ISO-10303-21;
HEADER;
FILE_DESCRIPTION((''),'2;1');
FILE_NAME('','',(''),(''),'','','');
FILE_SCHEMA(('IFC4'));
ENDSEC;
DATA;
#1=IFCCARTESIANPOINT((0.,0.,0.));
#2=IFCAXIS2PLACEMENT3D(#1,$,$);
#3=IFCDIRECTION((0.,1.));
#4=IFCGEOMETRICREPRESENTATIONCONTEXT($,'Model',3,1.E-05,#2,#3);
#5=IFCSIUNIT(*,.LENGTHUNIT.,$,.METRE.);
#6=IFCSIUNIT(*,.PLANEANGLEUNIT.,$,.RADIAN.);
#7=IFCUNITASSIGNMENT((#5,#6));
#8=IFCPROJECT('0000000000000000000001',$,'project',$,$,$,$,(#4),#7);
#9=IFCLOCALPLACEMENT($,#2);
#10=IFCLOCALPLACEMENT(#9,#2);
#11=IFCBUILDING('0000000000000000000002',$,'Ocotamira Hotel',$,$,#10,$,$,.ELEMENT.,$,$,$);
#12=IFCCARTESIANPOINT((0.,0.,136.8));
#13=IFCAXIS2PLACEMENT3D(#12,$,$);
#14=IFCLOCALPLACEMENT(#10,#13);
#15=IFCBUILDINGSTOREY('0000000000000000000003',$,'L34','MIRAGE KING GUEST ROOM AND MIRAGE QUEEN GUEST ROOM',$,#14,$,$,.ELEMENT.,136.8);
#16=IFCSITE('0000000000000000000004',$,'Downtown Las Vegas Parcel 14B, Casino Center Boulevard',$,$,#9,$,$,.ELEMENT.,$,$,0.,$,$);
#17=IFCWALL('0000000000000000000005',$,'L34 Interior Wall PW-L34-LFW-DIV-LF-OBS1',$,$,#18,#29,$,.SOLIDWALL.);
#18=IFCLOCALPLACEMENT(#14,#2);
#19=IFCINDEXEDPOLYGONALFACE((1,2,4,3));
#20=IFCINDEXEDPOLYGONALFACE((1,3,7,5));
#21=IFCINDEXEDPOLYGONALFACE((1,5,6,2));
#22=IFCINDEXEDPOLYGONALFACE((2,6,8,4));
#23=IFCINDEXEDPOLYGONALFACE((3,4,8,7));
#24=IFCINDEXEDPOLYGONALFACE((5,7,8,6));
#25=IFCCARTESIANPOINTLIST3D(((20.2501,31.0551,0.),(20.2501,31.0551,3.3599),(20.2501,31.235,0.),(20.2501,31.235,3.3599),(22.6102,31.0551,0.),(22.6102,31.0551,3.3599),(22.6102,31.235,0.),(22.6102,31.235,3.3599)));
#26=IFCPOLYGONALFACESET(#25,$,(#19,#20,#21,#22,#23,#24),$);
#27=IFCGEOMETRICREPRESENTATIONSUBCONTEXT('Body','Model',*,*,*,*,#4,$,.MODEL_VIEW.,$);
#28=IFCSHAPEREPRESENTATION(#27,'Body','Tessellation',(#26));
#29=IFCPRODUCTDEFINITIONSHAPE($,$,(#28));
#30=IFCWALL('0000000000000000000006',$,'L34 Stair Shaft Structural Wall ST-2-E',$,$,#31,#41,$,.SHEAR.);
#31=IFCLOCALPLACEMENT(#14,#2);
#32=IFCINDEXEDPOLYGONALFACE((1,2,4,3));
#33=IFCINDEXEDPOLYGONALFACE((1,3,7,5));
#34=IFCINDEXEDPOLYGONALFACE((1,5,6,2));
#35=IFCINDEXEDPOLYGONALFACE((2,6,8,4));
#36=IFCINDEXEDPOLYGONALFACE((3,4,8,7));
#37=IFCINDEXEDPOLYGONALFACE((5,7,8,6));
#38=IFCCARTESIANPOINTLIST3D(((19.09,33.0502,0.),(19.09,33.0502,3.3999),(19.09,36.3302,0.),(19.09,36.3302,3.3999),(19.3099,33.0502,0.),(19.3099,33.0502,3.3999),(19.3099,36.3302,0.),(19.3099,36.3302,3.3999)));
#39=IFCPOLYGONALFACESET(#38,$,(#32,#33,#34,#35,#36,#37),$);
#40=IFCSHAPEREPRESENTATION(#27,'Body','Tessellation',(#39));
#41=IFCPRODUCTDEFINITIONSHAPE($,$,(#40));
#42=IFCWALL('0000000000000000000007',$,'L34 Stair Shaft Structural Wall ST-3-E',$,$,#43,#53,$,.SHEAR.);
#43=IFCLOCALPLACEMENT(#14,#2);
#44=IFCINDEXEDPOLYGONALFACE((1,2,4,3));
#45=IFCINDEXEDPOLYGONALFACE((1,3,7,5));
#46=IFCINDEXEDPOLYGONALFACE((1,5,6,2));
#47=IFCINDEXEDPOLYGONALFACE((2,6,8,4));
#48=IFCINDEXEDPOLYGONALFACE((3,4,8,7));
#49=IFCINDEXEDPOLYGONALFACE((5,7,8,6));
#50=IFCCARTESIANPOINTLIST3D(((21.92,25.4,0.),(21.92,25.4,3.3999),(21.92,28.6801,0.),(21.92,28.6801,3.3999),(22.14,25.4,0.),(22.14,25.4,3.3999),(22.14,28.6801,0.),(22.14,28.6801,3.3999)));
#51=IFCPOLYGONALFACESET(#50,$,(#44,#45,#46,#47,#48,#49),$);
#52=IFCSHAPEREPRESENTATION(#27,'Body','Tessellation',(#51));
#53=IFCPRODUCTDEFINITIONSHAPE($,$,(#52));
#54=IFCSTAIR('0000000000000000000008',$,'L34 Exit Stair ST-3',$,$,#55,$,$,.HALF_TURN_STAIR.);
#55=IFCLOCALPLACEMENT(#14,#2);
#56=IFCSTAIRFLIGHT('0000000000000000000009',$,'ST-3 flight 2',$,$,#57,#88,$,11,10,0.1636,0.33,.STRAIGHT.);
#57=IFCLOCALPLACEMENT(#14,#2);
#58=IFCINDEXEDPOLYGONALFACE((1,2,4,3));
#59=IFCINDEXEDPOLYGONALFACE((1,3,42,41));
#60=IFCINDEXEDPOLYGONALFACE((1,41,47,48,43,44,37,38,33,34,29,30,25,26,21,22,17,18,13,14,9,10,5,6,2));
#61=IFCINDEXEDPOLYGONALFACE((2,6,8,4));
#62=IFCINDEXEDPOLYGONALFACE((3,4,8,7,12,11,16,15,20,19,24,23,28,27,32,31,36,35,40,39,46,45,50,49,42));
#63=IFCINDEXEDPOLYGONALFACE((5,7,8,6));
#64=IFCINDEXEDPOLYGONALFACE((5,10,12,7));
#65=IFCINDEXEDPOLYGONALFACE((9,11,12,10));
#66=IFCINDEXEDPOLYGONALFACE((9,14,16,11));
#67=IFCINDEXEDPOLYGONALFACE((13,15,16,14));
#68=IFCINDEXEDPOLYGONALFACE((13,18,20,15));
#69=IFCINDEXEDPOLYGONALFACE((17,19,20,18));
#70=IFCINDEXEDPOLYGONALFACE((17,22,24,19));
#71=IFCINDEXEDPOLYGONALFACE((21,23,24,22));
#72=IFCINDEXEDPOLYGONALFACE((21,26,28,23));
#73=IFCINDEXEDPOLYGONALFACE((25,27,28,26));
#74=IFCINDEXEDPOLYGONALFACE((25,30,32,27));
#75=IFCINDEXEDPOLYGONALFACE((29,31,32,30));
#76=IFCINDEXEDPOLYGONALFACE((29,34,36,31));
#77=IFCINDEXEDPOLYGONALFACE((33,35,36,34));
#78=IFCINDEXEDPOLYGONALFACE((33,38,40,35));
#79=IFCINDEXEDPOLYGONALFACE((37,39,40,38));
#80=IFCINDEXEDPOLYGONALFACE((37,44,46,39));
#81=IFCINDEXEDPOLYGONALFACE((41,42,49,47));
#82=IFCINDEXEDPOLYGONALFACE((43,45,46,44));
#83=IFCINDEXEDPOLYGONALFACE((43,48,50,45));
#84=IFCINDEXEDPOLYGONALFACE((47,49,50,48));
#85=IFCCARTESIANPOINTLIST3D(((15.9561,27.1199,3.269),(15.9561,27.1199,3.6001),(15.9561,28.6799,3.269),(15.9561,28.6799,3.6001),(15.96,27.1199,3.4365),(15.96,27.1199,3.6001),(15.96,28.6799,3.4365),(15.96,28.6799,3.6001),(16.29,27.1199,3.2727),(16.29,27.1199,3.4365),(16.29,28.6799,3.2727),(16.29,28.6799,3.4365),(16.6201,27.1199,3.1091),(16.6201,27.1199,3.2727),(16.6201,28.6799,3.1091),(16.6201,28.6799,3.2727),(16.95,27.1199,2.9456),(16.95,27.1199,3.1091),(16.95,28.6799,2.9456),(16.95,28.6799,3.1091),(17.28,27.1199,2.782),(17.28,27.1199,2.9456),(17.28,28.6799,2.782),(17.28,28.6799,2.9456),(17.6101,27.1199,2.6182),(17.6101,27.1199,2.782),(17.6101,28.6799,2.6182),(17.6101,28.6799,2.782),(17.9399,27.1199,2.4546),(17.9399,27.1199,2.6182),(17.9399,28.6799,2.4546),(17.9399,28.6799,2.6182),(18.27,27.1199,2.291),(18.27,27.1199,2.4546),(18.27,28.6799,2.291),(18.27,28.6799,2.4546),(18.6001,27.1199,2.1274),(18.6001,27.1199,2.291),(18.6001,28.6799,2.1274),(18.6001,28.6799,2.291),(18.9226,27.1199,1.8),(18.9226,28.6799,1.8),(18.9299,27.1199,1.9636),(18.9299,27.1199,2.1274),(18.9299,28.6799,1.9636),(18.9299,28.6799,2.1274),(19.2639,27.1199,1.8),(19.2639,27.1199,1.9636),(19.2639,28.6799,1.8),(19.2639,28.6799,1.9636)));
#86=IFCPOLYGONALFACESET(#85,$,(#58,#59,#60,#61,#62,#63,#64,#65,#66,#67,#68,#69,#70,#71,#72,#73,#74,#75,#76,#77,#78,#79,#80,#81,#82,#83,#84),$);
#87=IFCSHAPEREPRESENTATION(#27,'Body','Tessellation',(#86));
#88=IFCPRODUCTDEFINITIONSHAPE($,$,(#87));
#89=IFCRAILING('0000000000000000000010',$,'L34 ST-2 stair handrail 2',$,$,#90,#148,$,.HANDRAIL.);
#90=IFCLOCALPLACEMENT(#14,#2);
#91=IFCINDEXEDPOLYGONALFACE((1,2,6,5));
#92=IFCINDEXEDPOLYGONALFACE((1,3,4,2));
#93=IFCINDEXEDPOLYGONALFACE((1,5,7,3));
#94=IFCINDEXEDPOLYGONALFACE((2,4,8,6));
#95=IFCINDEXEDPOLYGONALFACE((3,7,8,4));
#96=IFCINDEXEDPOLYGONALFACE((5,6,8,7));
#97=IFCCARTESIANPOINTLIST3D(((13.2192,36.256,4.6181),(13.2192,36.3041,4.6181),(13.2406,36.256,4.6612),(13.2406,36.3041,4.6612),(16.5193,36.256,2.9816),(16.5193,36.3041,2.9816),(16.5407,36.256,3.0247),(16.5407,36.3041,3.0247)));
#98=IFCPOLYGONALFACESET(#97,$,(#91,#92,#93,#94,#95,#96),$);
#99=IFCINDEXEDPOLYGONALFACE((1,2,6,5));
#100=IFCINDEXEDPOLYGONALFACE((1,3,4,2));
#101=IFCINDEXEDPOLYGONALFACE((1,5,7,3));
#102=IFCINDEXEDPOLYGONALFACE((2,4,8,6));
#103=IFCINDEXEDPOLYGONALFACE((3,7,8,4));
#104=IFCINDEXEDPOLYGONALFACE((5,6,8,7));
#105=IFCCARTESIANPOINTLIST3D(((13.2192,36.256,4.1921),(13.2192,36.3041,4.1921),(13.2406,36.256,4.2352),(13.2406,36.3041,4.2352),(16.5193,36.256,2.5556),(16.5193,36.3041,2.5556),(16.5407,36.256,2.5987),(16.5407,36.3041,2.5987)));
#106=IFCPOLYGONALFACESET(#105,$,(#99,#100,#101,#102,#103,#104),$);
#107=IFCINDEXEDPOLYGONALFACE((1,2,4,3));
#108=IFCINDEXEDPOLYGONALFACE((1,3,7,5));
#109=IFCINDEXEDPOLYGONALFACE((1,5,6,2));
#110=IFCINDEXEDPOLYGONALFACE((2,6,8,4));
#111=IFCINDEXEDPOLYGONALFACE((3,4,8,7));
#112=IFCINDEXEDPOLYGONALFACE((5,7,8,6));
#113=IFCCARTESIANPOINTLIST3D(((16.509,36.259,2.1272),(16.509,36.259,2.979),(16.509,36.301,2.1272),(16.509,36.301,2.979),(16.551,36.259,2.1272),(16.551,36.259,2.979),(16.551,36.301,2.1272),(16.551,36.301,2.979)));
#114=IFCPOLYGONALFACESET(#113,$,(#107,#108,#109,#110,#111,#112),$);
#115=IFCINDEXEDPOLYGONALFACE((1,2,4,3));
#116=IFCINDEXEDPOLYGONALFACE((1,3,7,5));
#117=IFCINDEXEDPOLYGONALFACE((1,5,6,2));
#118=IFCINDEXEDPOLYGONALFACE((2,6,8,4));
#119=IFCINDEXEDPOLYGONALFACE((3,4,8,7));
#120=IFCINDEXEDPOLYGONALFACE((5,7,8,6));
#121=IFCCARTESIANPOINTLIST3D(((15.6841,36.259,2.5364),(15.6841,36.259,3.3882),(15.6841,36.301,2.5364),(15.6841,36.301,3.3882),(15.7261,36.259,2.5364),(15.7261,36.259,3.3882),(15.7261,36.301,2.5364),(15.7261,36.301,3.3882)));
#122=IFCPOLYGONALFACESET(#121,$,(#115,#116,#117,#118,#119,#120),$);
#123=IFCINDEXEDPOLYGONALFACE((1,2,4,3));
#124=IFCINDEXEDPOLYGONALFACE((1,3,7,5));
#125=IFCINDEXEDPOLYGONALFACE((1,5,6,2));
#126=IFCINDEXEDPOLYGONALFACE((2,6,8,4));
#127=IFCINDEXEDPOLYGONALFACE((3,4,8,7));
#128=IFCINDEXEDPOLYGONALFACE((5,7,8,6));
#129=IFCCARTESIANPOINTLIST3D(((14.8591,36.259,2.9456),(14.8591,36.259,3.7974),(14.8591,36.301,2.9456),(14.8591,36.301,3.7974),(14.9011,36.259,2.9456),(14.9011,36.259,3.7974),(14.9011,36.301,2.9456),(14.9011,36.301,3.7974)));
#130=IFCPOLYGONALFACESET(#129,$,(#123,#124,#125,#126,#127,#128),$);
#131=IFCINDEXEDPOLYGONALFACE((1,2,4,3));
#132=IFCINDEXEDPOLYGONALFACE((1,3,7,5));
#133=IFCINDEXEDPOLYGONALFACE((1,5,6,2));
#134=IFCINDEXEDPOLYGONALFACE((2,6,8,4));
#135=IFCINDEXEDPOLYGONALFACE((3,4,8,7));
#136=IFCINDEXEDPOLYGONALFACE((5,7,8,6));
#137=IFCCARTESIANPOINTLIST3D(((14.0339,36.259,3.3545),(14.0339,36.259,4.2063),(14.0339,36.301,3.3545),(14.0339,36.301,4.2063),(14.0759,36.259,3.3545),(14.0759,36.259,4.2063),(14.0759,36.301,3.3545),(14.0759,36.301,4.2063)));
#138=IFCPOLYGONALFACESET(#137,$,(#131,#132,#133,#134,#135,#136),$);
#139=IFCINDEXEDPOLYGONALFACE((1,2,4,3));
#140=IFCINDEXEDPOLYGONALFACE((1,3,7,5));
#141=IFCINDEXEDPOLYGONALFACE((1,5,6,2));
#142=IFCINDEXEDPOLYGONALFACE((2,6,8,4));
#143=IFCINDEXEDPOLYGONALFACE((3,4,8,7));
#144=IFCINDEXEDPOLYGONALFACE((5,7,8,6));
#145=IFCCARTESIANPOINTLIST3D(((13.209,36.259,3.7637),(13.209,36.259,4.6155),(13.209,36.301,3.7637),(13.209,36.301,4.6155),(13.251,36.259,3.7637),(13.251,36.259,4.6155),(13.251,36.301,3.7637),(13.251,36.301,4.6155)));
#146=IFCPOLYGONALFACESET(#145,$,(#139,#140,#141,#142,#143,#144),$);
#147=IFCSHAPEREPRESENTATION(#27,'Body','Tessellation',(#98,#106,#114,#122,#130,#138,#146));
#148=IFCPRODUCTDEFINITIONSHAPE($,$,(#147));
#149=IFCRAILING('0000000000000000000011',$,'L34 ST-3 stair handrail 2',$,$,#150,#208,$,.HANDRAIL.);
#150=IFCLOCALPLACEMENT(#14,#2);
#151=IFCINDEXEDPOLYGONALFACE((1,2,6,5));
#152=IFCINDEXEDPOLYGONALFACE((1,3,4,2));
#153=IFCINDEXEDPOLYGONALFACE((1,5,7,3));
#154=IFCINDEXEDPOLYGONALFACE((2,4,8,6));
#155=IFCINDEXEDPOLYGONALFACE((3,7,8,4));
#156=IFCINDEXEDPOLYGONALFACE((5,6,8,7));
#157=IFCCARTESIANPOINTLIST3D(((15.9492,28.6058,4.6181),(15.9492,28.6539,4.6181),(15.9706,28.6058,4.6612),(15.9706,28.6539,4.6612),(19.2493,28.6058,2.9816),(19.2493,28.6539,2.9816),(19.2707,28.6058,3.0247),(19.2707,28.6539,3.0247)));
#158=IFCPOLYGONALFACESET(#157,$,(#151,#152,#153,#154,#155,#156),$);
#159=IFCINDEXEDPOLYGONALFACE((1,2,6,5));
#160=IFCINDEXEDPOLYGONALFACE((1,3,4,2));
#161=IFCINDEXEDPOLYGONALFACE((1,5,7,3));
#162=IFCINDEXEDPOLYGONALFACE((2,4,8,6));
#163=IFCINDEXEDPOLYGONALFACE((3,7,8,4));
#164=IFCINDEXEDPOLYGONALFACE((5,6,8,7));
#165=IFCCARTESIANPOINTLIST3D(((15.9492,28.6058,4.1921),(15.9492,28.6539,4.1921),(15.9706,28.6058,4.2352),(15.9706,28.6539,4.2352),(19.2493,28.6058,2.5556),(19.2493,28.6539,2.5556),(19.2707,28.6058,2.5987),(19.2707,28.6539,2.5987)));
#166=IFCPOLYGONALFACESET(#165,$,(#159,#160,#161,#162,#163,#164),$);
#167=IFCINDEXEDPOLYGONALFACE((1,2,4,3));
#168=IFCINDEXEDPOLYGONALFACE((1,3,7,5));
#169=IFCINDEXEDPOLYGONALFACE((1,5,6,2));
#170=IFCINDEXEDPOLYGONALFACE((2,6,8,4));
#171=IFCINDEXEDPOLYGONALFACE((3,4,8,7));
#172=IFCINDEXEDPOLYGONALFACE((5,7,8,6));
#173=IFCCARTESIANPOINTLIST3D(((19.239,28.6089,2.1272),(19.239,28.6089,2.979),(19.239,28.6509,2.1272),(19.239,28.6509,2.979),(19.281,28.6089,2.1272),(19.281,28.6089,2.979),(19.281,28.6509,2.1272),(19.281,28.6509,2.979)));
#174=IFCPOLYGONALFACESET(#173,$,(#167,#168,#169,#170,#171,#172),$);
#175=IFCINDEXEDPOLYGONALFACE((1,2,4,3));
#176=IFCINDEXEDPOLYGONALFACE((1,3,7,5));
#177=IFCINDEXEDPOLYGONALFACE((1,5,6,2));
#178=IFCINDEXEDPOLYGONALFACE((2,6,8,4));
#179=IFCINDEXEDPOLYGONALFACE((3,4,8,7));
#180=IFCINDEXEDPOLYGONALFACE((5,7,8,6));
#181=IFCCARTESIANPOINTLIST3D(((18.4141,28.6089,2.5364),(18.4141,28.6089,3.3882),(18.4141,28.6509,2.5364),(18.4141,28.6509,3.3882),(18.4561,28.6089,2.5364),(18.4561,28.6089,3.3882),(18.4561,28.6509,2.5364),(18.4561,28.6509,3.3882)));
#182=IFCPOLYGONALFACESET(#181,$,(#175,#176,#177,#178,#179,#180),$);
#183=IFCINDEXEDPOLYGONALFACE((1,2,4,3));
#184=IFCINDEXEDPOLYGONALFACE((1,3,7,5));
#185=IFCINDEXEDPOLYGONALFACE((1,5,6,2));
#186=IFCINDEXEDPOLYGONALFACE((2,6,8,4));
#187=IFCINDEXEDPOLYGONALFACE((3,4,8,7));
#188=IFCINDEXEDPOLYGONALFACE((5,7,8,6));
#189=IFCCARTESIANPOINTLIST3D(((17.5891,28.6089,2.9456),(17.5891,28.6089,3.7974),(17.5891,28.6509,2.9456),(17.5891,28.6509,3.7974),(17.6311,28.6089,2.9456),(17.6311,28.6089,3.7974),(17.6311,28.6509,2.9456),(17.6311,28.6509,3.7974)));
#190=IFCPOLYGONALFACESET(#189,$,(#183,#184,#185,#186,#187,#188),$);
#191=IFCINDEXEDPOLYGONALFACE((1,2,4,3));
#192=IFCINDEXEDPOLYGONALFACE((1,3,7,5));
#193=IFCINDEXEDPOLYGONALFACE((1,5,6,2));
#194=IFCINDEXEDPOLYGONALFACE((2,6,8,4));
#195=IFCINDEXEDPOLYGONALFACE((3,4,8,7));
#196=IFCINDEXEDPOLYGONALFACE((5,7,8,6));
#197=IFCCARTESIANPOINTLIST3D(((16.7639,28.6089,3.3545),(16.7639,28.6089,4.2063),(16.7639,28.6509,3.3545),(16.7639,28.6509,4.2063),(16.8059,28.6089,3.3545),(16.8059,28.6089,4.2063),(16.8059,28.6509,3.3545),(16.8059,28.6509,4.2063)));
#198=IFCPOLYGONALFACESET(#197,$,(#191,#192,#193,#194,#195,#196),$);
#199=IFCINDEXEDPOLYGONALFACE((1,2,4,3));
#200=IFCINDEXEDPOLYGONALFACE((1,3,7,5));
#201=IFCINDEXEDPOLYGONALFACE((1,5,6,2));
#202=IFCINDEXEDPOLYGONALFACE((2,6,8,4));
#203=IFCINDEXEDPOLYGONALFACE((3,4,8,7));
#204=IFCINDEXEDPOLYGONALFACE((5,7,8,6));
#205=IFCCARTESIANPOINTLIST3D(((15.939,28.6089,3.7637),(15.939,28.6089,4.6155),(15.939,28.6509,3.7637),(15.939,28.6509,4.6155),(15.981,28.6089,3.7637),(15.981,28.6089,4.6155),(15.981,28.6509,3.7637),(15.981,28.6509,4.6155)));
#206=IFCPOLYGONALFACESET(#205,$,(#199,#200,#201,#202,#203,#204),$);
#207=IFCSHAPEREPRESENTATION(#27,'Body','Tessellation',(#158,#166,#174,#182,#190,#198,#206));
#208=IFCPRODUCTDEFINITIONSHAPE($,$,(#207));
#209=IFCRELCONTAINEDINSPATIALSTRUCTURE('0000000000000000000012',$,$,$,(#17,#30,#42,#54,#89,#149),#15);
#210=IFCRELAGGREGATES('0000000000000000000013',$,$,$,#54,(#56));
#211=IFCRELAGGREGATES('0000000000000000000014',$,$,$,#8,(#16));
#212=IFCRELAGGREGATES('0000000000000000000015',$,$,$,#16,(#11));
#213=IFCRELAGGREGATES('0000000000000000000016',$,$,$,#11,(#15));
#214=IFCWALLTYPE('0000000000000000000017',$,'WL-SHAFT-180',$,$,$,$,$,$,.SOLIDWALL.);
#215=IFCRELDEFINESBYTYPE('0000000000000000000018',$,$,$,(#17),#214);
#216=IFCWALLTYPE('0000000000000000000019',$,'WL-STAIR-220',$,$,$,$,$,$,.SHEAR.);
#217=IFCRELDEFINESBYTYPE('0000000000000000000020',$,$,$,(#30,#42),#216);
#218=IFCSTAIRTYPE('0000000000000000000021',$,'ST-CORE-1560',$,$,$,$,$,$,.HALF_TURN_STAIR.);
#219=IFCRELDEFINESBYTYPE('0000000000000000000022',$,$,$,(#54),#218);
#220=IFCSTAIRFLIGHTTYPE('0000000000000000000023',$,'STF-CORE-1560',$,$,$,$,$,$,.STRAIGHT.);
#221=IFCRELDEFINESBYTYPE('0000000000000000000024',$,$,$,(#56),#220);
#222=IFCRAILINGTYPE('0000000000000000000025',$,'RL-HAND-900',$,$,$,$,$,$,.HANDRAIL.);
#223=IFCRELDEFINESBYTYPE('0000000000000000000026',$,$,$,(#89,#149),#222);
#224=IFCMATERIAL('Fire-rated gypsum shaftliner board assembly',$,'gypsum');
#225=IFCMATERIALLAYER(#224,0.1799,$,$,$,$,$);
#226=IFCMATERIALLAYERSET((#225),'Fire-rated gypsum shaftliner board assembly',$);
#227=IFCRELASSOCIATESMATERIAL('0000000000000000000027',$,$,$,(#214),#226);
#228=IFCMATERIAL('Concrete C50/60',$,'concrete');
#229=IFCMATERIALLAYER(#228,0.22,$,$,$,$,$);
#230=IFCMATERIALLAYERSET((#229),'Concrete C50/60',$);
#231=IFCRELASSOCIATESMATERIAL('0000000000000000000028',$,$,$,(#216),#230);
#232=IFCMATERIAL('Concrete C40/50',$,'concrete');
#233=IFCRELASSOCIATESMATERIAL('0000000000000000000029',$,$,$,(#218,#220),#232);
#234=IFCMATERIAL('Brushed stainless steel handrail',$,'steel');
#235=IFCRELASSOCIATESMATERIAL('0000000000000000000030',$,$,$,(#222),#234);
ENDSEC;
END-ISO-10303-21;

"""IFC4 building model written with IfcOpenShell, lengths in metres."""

from ifc_helpers import new_model, si_unit, direction, frame, frame_2d, origin, origin_2d, place, context, subcontext, project, spatial, polyline, rectangle, outline, extrude, source, transform, mapped, material, layer, layer_set, type_object, element, aggregate, save


model = new_model("IFC4")

# Units and contexts
model_context = context("Model", 3, precision=1e-05, world=origin(), true_north=direction((0.0, 1.0)))
body_context = subcontext(model_context, "Body", "Model", "MODEL_VIEW")
ifc_project = project(units=[si_unit("LENGTHUNIT", "METRE"), si_unit("PLANEANGLEUNIT", "RADIAN")], contexts=[model_context])

# Site, building, storey
site_placement = place(None, origin())
site = spatial("IfcSite", under=ifc_project, at=site_placement, Name="Downtown Las Vegas Parcel 14B, Casino Center Boulevard", CompositionType="ELEMENT", RefElevation=0.0)
building_placement = place(site_placement, origin())
building = spatial("IfcBuilding", under=site, at=building_placement, Name="Ocotamira Hotel", CompositionType="ELEMENT")
storey_placement = place(building_placement, frame((0.0, 0.0, 136.8)))
storey = spatial("IfcBuildingStorey", under=building, at=storey_placement, Name="L34", Description="MIRAGE KING GUEST ROOM AND MIRAGE QUEEN GUEST ROOM", CompositionType="ELEMENT", Elevation=136.8)

# Walls
ifc_material_1 = material(Name="Fire-rated gypsum shaftliner board assembly", Category="gypsum")
ifc_layer_1 = layer(ifc_material_1, 0.1799)
ifc_layer_set_1 = layer_set([ifc_layer_1], Name="Fire-rated gypsum shaftliner board assembly")
wall_type_1 = type_object("IfcWallType", Name="WL-SHAFT-180", PredefinedType="SOLIDWALL", material=ifc_layer_set_1)
wall_1_placement = place(storey_placement, frame((20.25, 31.145, 0.0), z_axis=(0.0, 0.0, 1.0), x_axis=(1.0, 0.0, 0.0)))
element("IfcWall", 1, at=wall_1_placement, inside=storey, type_object=wall_type_1, Name="L34 Interior Wall PW-L34-LFW-DIV-LF-OBS1", PredefinedType="SOLIDWALL", context=body_context, shape_type="SweptSolid", body=[
    extrude(rectangle(XDim=2.3601, YDim=0.1799, at=frame_2d((1.1802, 0.0))), origin(), (0.0, 0.0, 1.0), 3.3599),
])
ifc_material_2 = material(Name="Concrete C50/60", Category="concrete")
ifc_layer_2 = layer(ifc_material_2, 0.22)
ifc_layer_set_2 = layer_set([ifc_layer_2], Name="Concrete C50/60")
wall_type_2 = type_object("IfcWallType", Name="WL-STAIR-220", PredefinedType="SHEAR", material=ifc_layer_set_2)
for number, where, z_axis, x_axis, name in (
    (2, (19.2, 33.05, 0.0), (0.0, 0.0, 1.0), (0.0, 1.0, 0.0), "L34 Stair Shaft Structural Wall ST-2-E"),
    (3, (22.03, 25.3999, 0.0), (0.0, 0.0, 1.0), (0.0, 1.0, 0.0), "L34 Stair Shaft Structural Wall ST-3-E"),
):
    element("IfcWall", number, at=place(storey_placement, frame(where, z_axis=z_axis, x_axis=x_axis)), inside=storey, type_object=wall_type_2, Name=name, PredefinedType="SHEAR", context=body_context, shape_type="SweptSolid", body=[
        extrude(rectangle(XDim=3.28, YDim=0.22, at=frame_2d((1.6401, 0.0))), origin(), (0.0, 0.0, 1.0), 3.3999),
    ])

# Stair, stair flight
ifc_material_3 = material(Name="Concrete C40/50", Category="concrete")
stair_type = type_object("IfcStairType", Name="ST-CORE-1560", PredefinedType="HALF_TURN_STAIR", material=ifc_material_3)
stair_placement = place(storey_placement, origin())
stair = element("IfcStair", 4, at=stair_placement, inside=storey, type_object=stair_type, Name="L34 Exit Stair ST-3", PredefinedType="HALF_TURN_STAIR")
stair_flight_type = type_object("IfcStairFlightType", Name="STF-CORE-1560", PredefinedType="STRAIGHT", material=ifc_material_3)
shared_shape_1 = source(origin(), body_context, "Body", "SweptSolid", [
    extrude(outline(polyline([(-0.0039, 0.0), (-0.0039, 0.1636), (0.3301, 0.1636), (0.3301, 0.3274), (0.6599, 0.3274), (0.6599, 0.491), (0.99, 0.491), (0.99, 0.6545), (1.3201, 0.6545), (1.3201, 0.8181), (1.6499, 0.8181), (1.6499, 0.9819), (1.98, 0.9819), (1.98, 1.1455), (2.3101, 1.1455), (2.3101, 1.3091), (2.6399, 1.3091), (2.6399, 1.4727), (2.97, 1.4727), (2.97, 1.6365), (3.3, 1.6365), (3.3, 1.8), (3.304, 1.8), (3.304, 1.469), (0.3374, 0.0), (-0.0039, 0.0)])), frame((0.0, 0.78, 0.0), z_axis=(0.0, -1.0, 0.0), x_axis=(1.0, 0.0, 0.0)), (0.0, 0.0, 1.0), 1.5601),
])
stair_flight_placement = place(storey_placement, frame((19.26, 27.8999, 1.8), z_axis=(0.0, 0.0, 1.0), x_axis=(-1.0, 0.0, 0.0)))
stair_flight = element("IfcStairFlight", 5, at=stair_flight_placement, type_object=stair_flight_type, Name="ST-3 flight 2", NumberOfRisers=11, NumberOfTreads=10, PredefinedType="STRAIGHT", RiserHeight=0.1636, TreadLength=0.33, context=body_context, shape_type="MappedRepresentation", body=[
    mapped(shared_shape_1, transform((0.0, 0.0, 0.0), scale=1.0)),
])
aggregate(stair, [stair_flight])

# Railings
ifc_material_4 = material(Name="Brushed stainless steel handrail", Category="steel")
railing_type_1 = type_object("IfcRailingType", Name="RL-HAND-900", PredefinedType="HANDRAIL", material=ifc_material_4)
for number, where, name in (
    (6, (16.53, 36.28, 2.1272), "L34 ST-2 stair handrail 2"),
    (7, (19.26, 28.6299, 2.1272), "L34 ST-3 stair handrail 2"),
):
    element("IfcRailing", number, at=place(storey_placement, frame(where)), inside=storey, type_object=railing_type_1, Name=name, PredefinedType="HANDRAIL", context=body_context, shape_type="SweptSolid", body=[
        extrude(rectangle(XDim=0.0481, YDim=0.0481, at=origin_2d()), frame((0.0, 0.0, 0.876), z_axis=(-0.895894, 0.0, 0.444268), x_axis=(0.0, -1.0, 0.0)), (0.0, 0.0, 1.0), 3.6836),
        extrude(rectangle(XDim=0.0481, YDim=0.0481, at=origin_2d()), frame((0.0, 0.0, 0.45), z_axis=(-0.895894, 0.0, 0.444268), x_axis=(0.0, -1.0, 0.0)), (0.0, 0.0, 1.0), 3.6836),
        extrude(rectangle(XDim=0.042, YDim=0.042, at=origin_2d()), origin(), (0.0, 0.0, 1.0), 0.8518),
        extrude(rectangle(XDim=0.042, YDim=0.042, at=origin_2d()), frame((-0.825, 0.0, 0.4092)), (0.0, 0.0, 1.0), 0.8518),
        extrude(rectangle(XDim=0.042, YDim=0.042, at=origin_2d()), frame((-1.6499, 0.0, 0.8184)), (0.0, 0.0, 1.0), 0.8518),
        extrude(rectangle(XDim=0.042, YDim=0.042, at=origin_2d()), frame((-2.4751, 0.0, 1.2273)), (0.0, 0.0, 1.0), 0.8518),
        extrude(rectangle(XDim=0.042, YDim=0.042, at=origin_2d()), frame((-3.3, 0.0, 1.6365)), (0.0, 0.0, 1.0), 0.8518),
    ])

save(model, "model.ifc")
